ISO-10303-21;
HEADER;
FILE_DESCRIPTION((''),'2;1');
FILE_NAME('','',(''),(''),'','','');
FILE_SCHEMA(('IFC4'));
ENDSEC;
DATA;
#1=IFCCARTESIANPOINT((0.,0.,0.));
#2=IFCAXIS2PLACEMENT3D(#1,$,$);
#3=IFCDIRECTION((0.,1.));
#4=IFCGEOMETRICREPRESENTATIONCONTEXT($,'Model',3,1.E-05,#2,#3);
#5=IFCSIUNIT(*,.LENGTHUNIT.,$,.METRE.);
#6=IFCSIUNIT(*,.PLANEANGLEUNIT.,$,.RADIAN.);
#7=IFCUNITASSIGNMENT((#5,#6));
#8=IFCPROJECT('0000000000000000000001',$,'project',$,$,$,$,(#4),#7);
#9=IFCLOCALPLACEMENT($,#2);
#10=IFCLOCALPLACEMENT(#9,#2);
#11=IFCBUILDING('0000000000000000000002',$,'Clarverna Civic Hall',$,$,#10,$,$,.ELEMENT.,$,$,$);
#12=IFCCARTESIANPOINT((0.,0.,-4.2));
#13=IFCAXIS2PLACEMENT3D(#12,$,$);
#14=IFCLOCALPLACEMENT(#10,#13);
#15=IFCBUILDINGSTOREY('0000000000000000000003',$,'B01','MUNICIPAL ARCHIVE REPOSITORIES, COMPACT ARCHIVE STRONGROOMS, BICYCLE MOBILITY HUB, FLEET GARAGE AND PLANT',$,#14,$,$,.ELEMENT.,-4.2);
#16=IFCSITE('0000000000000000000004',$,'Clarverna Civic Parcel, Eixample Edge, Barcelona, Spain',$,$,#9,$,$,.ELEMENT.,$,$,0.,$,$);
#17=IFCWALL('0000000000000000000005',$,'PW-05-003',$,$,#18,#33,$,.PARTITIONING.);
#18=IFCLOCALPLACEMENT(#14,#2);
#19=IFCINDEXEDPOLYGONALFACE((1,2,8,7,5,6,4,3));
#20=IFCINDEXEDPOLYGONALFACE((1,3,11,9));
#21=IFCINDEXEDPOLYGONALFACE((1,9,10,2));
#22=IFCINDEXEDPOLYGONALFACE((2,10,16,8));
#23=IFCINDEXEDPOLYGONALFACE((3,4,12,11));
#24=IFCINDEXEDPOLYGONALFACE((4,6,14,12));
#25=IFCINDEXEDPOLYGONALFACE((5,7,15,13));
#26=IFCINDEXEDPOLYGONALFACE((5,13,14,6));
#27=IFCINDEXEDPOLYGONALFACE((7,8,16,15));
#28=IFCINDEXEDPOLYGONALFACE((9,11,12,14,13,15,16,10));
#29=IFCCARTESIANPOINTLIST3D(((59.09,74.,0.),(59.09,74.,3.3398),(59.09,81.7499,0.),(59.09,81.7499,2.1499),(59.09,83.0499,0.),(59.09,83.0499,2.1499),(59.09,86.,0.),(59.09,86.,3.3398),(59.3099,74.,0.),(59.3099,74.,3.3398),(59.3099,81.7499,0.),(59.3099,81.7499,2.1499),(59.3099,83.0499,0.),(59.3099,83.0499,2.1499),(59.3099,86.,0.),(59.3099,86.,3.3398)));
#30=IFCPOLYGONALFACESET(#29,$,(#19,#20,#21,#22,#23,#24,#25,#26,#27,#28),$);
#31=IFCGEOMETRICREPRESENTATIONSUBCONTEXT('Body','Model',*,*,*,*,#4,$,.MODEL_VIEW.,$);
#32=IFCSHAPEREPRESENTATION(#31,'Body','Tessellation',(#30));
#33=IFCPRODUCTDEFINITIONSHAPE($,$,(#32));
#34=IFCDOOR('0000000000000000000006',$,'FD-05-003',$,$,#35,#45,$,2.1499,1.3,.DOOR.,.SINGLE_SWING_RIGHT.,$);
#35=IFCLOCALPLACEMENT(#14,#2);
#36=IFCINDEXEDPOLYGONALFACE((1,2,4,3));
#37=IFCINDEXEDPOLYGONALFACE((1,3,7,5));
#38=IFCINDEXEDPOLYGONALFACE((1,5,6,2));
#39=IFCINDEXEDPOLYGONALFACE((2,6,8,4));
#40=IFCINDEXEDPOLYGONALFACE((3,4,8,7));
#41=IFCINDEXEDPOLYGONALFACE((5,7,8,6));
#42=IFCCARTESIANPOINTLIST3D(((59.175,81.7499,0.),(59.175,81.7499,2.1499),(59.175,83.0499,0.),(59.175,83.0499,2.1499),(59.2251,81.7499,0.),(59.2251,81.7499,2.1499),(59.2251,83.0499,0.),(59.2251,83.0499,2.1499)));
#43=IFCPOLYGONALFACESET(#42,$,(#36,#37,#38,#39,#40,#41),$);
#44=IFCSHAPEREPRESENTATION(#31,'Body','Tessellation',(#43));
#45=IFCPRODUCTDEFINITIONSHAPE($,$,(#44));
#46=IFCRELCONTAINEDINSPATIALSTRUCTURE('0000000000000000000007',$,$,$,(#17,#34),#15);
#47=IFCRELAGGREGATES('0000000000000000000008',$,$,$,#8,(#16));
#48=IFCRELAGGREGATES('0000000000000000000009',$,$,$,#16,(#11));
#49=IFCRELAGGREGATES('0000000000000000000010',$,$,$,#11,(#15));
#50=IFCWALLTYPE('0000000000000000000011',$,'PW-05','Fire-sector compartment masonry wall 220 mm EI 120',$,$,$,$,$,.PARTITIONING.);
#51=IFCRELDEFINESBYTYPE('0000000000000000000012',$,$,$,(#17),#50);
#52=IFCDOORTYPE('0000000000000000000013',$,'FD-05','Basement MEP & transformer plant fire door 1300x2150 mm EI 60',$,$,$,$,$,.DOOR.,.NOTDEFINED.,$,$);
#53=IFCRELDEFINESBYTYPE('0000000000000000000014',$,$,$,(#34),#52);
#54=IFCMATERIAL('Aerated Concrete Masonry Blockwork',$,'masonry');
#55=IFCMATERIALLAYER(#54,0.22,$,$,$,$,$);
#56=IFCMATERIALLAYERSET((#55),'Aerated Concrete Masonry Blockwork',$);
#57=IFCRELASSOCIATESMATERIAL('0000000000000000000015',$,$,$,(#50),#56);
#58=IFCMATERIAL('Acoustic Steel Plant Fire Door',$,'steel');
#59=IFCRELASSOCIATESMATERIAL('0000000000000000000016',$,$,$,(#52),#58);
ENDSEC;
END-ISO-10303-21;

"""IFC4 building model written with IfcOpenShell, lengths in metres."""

from ifc_helpers import new_model, si_unit, direction, frame, frame_2d, origin, place, context, subcontext, project, spatial, rectangle, extrude, material, layer, layer_set, type_object, element, fill, save


model = new_model("IFC4")

# Units and contexts
model_context = context("Model", 3, precision=1e-05, world=origin(), true_north=direction((0.0, 1.0)))
body_context = subcontext(model_context, "Body", "Model", "MODEL_VIEW")
ifc_project = project(units=[si_unit("LENGTHUNIT", "METRE"), si_unit("PLANEANGLEUNIT", "RADIAN")], contexts=[model_context])

# Site, building, storey
site_placement = place(None, origin())
site = spatial("IfcSite", under=ifc_project, at=site_placement, Name="Clarverna Civic Parcel, Eixample Edge, Barcelona, Spain", CompositionType="ELEMENT", RefElevation=0.0)
building_placement = place(site_placement, origin())
building = spatial("IfcBuilding", under=site, at=building_placement, Name="Clarverna Civic Hall", CompositionType="ELEMENT")
storey_placement = place(building_placement, frame((0.0, 0.0, -4.2)))
storey = spatial("IfcBuildingStorey", under=building, at=storey_placement, Name="B01", Description="MUNICIPAL ARCHIVE REPOSITORIES, COMPACT ARCHIVE STRONGROOMS, BICYCLE MOBILITY HUB, FLEET GARAGE AND PLANT", CompositionType="ELEMENT", Elevation=-4.2)

# Wall, opening, door
ifc_material_1 = material(Name="Aerated Concrete Masonry Blockwork", Category="masonry")
ifc_layer = layer(ifc_material_1, 0.22)
ifc_layer_set = layer_set([ifc_layer], Name="Aerated Concrete Masonry Blockwork")
wall_type = type_object("IfcWallType", Name="PW-05", Description="Fire-sector compartment masonry wall 220 mm EI 120", PredefinedType="PARTITIONING", material=ifc_layer_set)
wall_placement = place(storey_placement, frame((59.2, 74.0, 0.0), z_axis=(0.0, 0.0, 1.0), x_axis=(0.0, 1.0, 0.0)))
wall = element("IfcWall", 1, at=wall_placement, inside=storey, type_object=wall_type, Name="PW-05-003", PredefinedType="PARTITIONING", context=body_context, shape_type="SweptSolid", body=[
    extrude(rectangle(XDim=12.0, YDim=0.22, at=frame_2d((6.0, 0.0))), origin(), (0.0, 0.0, 1.0), 3.3398),
])
opening_placement = place(wall_placement, frame((7.75, 0.0, 0.0)))
opening = element("IfcOpeningElement", 2, at=opening_placement, cuts=wall, PredefinedType="OPENING", context=body_context, shape_type="SweptSolid", body=[
    extrude(rectangle(XDim=1.3, YDim=2.1499, at=frame_2d((0.6499, 1.075))), frame((0.0, 0.1199, 0.0), z_axis=(0.0, -1.0, 0.0), x_axis=(1.0, 0.0, 0.0)), (0.0, 0.0, 1.0), 0.24),
])
ifc_material_2 = material(Name="Acoustic Steel Plant Fire Door", Category="steel")
door_type = type_object("IfcDoorType", Name="FD-05", Description="Basement MEP & transformer plant fire door 1300x2150 mm EI 60", OperationType="NOTDEFINED", PredefinedType="DOOR", material=ifc_material_2)
door_placement = place(opening_placement, origin())
door = element("IfcDoor", 3, at=door_placement, inside=storey, type_object=door_type, Name="FD-05-003", OperationType="SINGLE_SWING_RIGHT", OverallHeight=2.1499, OverallWidth=1.3, PredefinedType="DOOR", context=body_context, shape_type="SweptSolid", body=[
    extrude(rectangle(XDim=1.3, YDim=2.1499, at=frame_2d((0.6499, 1.075))), frame((0.0, 0.0249, 0.0), z_axis=(0.0, -1.0, 0.0), x_axis=(1.0, 0.0, 0.0)), (0.0, 0.0, 1.0), 0.05),
])
fill(opening, door)

save(model, "model.ifc")
